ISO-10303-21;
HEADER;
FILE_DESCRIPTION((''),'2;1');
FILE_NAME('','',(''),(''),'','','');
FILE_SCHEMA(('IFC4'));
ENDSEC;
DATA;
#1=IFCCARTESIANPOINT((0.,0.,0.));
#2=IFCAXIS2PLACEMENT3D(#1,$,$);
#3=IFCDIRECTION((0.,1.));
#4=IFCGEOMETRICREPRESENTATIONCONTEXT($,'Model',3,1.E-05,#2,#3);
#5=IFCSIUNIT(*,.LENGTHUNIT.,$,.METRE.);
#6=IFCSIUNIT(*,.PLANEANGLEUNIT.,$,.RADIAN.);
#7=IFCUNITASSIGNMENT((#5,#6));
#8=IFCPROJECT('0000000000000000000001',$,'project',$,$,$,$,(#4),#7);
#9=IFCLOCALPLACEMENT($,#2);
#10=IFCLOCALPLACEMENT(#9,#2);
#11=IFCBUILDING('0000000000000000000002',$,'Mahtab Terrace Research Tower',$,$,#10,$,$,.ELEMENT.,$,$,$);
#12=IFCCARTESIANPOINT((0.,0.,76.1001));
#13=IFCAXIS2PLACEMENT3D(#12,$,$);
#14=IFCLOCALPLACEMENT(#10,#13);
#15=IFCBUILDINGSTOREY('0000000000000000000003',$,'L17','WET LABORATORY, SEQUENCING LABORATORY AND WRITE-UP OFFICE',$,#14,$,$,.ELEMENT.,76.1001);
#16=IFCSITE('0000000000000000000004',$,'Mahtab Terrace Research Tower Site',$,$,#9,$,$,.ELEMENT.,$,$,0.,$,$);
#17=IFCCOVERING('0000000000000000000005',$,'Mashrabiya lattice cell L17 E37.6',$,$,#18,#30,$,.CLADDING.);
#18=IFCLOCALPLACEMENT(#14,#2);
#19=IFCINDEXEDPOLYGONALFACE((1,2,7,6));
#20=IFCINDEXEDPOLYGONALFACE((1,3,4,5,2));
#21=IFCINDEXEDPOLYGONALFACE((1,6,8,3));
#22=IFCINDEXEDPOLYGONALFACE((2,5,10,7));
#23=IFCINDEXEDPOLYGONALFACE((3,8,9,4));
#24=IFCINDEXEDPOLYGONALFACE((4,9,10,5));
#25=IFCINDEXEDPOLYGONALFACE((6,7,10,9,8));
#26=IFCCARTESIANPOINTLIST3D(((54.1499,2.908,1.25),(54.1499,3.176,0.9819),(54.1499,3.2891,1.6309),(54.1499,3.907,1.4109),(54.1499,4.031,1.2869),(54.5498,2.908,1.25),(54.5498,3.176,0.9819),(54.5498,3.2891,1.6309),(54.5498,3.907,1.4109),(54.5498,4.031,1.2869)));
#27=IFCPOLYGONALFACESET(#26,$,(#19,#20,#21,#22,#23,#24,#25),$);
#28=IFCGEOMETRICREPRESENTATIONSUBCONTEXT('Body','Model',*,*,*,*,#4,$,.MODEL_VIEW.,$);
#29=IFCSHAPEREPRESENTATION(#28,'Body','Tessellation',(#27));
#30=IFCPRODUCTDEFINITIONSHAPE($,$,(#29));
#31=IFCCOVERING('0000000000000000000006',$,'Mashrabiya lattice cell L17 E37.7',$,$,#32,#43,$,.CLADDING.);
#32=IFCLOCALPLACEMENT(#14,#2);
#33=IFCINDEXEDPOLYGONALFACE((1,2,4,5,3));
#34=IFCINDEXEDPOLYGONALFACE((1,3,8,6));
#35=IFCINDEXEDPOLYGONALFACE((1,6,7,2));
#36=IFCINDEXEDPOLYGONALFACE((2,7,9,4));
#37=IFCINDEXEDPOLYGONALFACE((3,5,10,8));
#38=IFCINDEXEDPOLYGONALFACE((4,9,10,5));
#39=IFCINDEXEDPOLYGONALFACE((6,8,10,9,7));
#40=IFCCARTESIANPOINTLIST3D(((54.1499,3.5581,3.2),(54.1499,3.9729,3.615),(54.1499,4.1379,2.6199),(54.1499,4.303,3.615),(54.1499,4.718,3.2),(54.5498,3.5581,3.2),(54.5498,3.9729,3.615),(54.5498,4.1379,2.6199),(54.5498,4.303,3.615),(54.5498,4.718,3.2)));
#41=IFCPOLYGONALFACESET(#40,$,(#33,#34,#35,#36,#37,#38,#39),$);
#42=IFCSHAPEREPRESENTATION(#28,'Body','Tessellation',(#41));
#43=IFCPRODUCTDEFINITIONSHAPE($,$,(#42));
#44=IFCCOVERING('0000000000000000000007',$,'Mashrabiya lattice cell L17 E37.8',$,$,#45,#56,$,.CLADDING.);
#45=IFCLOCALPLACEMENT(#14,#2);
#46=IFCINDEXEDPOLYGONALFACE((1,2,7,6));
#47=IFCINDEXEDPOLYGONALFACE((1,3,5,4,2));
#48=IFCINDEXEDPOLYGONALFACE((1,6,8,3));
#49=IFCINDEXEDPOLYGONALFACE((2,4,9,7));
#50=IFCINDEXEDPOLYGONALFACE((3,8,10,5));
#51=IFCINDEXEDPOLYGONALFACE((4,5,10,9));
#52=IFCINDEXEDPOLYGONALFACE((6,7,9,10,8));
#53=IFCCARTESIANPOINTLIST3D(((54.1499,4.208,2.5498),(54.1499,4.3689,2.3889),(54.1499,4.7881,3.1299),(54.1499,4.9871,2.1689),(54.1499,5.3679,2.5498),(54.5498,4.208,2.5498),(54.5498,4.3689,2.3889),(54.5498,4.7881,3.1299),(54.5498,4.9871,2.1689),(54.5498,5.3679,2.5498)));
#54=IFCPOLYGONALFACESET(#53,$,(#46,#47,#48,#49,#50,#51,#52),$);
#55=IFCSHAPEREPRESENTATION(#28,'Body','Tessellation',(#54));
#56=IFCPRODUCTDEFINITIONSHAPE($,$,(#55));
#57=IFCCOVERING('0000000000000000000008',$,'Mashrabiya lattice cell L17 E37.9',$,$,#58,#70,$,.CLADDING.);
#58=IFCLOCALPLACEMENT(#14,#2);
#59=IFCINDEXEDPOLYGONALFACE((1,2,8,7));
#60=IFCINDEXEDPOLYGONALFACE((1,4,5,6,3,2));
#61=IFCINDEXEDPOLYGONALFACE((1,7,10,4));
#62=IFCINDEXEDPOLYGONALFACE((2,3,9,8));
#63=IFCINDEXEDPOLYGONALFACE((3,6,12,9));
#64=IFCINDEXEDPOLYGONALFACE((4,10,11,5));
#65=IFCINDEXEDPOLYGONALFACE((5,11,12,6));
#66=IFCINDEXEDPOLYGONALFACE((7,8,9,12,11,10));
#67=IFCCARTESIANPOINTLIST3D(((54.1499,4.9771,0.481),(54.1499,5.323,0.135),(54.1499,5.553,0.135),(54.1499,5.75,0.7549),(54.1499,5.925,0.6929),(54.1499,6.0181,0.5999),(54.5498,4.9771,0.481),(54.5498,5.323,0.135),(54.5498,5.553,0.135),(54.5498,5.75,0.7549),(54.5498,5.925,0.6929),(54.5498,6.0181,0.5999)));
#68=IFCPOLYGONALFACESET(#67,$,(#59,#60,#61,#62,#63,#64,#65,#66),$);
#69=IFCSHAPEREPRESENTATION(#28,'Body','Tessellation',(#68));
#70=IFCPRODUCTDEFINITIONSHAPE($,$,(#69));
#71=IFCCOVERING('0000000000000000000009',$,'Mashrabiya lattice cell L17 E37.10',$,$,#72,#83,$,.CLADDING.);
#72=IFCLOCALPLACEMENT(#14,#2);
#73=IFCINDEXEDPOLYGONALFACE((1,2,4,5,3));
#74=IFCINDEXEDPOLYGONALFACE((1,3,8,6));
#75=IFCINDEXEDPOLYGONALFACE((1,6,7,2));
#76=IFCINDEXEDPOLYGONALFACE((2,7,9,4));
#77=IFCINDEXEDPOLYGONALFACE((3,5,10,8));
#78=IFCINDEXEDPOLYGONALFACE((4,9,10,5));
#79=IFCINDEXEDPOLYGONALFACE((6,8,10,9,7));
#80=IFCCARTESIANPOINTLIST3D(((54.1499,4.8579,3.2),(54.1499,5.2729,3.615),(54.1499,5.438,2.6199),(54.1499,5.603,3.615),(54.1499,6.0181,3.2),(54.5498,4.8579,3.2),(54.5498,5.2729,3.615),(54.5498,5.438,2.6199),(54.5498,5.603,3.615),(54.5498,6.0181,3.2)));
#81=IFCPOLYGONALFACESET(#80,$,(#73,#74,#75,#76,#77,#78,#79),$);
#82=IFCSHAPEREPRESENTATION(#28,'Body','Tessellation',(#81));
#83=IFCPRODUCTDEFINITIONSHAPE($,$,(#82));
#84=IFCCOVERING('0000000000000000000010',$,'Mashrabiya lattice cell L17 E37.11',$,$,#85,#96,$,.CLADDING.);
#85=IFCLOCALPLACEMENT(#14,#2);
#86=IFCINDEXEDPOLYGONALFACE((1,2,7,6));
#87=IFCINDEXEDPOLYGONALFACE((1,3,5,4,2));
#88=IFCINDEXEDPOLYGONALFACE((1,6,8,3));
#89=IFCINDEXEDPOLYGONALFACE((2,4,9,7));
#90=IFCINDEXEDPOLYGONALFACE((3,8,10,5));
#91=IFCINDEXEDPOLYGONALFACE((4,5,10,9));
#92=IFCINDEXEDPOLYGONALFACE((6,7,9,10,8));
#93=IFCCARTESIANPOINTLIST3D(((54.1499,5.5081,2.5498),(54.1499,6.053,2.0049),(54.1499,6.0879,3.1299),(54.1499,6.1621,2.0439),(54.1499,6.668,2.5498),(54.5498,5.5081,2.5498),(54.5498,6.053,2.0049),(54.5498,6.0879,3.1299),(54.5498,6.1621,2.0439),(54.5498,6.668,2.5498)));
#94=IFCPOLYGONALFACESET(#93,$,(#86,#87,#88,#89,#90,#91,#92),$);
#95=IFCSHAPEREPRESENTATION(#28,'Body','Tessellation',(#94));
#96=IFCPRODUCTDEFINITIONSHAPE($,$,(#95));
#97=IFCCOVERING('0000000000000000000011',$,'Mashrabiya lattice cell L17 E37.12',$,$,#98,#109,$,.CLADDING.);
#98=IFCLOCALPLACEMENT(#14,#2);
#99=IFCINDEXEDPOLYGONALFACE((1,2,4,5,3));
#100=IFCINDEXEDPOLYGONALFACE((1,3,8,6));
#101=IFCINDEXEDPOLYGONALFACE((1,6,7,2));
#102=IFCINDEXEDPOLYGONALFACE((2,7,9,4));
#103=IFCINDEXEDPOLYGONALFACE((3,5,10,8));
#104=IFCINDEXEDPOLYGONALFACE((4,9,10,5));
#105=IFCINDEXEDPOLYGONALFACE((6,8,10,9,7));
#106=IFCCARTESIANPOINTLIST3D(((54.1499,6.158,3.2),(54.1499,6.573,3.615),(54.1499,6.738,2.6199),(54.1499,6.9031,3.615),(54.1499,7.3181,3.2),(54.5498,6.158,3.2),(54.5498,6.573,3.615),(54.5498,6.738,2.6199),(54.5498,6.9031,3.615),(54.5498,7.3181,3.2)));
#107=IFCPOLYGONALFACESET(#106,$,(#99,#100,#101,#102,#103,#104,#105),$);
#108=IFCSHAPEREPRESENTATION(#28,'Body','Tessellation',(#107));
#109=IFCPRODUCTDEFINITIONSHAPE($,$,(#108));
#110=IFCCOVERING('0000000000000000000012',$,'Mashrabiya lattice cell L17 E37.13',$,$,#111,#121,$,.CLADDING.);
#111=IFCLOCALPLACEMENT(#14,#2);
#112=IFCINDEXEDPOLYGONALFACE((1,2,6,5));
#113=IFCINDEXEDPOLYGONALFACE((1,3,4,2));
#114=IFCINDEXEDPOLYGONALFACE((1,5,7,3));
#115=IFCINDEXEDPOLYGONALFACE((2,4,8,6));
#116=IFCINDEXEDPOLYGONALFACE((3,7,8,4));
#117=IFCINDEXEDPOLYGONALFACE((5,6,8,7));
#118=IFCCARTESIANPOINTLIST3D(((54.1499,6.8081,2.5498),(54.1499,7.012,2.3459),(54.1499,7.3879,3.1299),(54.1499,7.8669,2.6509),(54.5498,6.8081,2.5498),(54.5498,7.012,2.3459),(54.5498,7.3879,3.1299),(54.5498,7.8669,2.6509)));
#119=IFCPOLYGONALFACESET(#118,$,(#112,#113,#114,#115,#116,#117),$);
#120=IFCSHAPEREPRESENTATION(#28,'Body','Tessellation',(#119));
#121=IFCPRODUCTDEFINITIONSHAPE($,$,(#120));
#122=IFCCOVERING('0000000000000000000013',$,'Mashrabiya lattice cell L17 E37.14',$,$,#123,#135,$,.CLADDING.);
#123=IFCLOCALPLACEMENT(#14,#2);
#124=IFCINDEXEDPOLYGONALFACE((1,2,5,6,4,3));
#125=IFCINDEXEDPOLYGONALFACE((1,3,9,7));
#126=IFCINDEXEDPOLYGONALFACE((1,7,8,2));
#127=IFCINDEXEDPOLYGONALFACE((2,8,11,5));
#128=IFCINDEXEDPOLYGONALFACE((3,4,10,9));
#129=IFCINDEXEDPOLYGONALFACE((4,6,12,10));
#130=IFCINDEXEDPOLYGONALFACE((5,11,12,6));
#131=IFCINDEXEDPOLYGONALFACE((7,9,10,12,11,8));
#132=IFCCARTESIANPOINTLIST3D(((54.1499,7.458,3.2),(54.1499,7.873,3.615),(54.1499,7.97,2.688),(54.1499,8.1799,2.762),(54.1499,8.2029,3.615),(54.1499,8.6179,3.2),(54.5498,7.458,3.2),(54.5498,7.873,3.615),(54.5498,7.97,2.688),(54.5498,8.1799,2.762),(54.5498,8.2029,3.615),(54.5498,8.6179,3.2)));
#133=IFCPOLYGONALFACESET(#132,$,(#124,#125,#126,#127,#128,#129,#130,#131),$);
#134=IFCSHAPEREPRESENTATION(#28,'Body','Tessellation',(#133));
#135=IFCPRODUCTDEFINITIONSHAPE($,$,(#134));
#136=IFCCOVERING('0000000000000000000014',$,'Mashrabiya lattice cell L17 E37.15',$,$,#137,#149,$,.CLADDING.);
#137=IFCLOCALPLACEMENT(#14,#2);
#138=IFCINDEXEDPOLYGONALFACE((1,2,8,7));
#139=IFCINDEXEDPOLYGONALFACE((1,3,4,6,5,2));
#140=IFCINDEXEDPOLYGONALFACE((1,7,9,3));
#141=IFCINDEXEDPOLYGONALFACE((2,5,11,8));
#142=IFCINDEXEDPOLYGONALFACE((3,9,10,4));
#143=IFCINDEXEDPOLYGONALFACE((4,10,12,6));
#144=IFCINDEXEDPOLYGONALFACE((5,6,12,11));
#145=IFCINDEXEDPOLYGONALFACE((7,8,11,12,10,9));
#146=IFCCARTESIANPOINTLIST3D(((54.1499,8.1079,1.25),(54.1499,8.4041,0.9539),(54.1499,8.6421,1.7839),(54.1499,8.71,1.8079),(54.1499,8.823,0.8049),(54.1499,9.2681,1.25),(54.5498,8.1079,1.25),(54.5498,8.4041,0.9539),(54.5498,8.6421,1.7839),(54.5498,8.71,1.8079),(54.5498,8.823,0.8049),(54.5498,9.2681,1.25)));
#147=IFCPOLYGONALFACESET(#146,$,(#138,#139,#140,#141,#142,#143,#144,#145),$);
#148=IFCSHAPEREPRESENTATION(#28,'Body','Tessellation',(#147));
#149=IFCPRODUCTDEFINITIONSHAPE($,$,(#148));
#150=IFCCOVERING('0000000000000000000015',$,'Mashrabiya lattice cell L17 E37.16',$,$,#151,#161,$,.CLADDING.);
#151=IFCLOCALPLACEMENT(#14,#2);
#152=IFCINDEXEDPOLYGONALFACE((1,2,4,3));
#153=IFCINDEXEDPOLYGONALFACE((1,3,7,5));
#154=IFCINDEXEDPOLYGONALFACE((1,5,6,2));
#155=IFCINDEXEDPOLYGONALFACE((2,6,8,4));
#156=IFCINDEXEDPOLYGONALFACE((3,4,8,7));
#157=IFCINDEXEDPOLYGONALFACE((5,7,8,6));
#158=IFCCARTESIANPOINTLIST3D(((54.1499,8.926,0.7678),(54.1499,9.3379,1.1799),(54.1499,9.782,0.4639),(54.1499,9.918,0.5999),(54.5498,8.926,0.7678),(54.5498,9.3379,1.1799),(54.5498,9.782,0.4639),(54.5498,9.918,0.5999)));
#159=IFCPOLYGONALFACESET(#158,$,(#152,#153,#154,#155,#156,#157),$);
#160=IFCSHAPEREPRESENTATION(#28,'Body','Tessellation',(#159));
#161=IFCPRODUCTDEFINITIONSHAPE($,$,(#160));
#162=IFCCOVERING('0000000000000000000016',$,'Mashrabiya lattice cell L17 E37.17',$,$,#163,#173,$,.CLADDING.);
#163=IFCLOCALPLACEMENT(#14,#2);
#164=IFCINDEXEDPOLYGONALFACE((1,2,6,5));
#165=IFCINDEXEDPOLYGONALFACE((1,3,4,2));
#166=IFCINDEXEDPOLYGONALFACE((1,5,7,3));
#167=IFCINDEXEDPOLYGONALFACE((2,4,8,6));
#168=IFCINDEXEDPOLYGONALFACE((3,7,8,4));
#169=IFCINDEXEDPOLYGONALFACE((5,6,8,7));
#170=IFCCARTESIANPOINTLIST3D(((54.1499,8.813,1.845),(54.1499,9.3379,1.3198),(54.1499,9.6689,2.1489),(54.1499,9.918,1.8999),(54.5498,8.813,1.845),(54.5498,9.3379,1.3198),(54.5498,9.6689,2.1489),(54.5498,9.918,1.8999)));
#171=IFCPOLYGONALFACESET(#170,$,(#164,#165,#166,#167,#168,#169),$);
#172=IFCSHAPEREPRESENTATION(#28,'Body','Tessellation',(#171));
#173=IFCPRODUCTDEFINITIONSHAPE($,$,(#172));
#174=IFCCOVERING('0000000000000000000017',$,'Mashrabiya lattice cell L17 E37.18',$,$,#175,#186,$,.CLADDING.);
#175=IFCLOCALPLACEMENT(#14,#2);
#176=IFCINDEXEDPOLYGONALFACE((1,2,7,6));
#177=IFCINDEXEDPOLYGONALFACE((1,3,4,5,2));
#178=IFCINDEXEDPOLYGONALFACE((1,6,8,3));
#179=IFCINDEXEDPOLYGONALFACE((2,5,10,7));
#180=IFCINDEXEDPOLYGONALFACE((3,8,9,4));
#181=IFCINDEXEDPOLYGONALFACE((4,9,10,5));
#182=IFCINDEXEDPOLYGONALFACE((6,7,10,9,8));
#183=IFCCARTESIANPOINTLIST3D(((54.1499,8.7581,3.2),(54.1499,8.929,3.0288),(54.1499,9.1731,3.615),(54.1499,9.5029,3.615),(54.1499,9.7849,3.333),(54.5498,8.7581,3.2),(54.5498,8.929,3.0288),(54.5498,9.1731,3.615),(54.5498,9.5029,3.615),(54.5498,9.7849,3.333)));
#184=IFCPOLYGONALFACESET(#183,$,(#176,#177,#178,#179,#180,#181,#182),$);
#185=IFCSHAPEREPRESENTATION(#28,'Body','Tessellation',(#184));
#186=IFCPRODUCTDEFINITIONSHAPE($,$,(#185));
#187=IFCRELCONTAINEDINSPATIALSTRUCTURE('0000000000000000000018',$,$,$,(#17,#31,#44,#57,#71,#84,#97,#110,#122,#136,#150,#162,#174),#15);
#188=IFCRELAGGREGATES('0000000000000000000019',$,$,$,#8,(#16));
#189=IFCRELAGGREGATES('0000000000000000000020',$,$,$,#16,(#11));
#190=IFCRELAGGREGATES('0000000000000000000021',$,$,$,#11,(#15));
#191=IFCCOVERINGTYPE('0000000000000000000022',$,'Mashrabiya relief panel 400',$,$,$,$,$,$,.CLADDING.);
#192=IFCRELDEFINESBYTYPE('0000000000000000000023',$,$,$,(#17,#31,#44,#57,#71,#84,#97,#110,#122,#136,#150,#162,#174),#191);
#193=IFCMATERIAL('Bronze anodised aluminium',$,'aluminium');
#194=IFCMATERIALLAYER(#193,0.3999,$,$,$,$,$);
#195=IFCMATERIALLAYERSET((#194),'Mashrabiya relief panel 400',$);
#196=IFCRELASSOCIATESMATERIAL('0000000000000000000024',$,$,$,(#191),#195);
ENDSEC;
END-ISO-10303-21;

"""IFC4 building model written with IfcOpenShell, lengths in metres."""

from ifc_helpers import new_model, si_unit, direction, frame, origin, place, context, subcontext, project, spatial, polyline, outline, extrude, material, layer, layer_set, type_object, element, save


model = new_model("IFC4")

# Units and contexts
model_context = context("Model", 3, precision=1e-05, world=origin(), true_north=direction((0.0, 1.0)))
body_context = subcontext(model_context, "Body", "Model", "MODEL_VIEW")
ifc_project = project(units=[si_unit("LENGTHUNIT", "METRE"), si_unit("PLANEANGLEUNIT", "RADIAN")], contexts=[model_context])

# Site, building, storey
site_placement = place(None, origin())
site = spatial("IfcSite", under=ifc_project, at=site_placement, Name="Mahtab Terrace Research Tower Site", CompositionType="ELEMENT", RefElevation=0.0)
building_placement = place(site_placement, origin())
building = spatial("IfcBuilding", under=site, at=building_placement, Name="Mahtab Terrace Research Tower", CompositionType="ELEMENT")
storey_placement = place(building_placement, frame((0.0, 0.0, 76.1001)))
storey = spatial("IfcBuildingStorey", under=building, at=storey_placement, Name="L17", Description="WET LABORATORY, SEQUENCING LABORATORY AND WRITE-UP OFFICE", CompositionType="ELEMENT", Elevation=76.1001)

# Coverings
ifc_material_1 = material(Name="Bronze anodised aluminium", Category="aluminium")
ifc_layer_1 = layer(ifc_material_1, 0.3999)
ifc_layer_set_1 = layer_set([ifc_layer_1], Name="Mashrabiya relief panel 400")
covering_type = type_object("IfcCoveringType", Name="Mashrabiya relief panel 400", PredefinedType="CLADDING", material=ifc_layer_set_1)
covering_1_placement = place(storey_placement, frame((54.1499, 2.908, 1.25), z_axis=(-1.0, 0.0, 0.0), x_axis=(0.0, 0.707333, 0.70688)))
element("IfcCovering", 1, at=covering_1_placement, inside=storey, type_object=covering_type, Name="Mashrabiya lattice cell L17 E37.6", PredefinedType="CLADDING", context=body_context, shape_type="SweptSolid", body=[
    extrude(outline(polyline([(0.0, 0.0), (0.5388, 0.0), (0.8204, 0.5924), (0.8204, 0.7678), (0.0001, 0.3791), (0.0, 0.0)])), origin(), (0.0, 0.0, -1.0), 0.3999),
])
covering_2_placement = place(storey_placement, frame((54.1499, 4.718, 3.2), z_axis=(-1.0, 0.0, 0.0), x_axis=(0.0, -0.707107, -0.707107)))
element("IfcCovering", 2, at=covering_2_placement, inside=storey, type_object=covering_type, Name="Mashrabiya lattice cell L17 E37.7", PredefinedType="CLADDING", context=body_context, shape_type="SweptSolid", body=[
    extrude(outline(polyline([(0.0, 0.0), (0.8204, 0.0), (0.8202, 0.8202), (0.2334, 0.8204), (0.0, 0.587), (0.0, 0.0)])), origin(), (0.0, 0.0, -1.0), 0.3999),
])
covering_3_placement = place(storey_placement, frame((54.1499, 4.208, 2.5498), z_axis=(-1.0, 0.0, 0.0), x_axis=(0.0, 0.707107, 0.707107)))
element("IfcCovering", 3, at=covering_3_placement, inside=storey, type_object=covering_type, Name="Mashrabiya lattice cell L17 E37.8", PredefinedType="CLADDING", context=body_context, shape_type="SweptSolid", body=[
    extrude(outline(polyline([(0.0, 0.0), (0.8204, 0.0), (0.8202, 0.8202), (0.2816, 0.8202), (0.0, 0.2275), (0.0, 0.0)])), origin(), (0.0, 0.0, -1.0), 0.3999),
])
covering_4_placement = place(storey_placement, frame((54.1499, 4.9771, 0.481), z_axis=(-1.0, 0.0, 0.0), x_axis=(0.0, 0.942561, 0.334035)))
element("IfcCovering", 4, at=covering_4_placement, inside=storey, type_object=covering_type, Name="Mashrabiya lattice cell L17 E37.9", PredefinedType="CLADDING", context=body_context, shape_type="SweptSolid", body=[
    extrude(outline(polyline([(0.0, 0.0), (0.8201, 0.0), (0.9643, 0.1169), (1.0209, 0.2357), (0.4273, 0.5185), (0.2105, 0.4416), (0.0, 0.0)])), origin(), (0.0, 0.0, -1.0), 0.3999),
])
covering_5_placement = place(storey_placement, frame((54.1499, 6.0181, 3.2), z_axis=(-1.0, 0.0, 0.0), x_axis=(0.0, -0.707107, -0.707107)))
element("IfcCovering", 5, at=covering_5_placement, inside=storey, type_object=covering_type, Name="Mashrabiya lattice cell L17 E37.10", PredefinedType="CLADDING", context=body_context, shape_type="SweptSolid", body=[
    extrude(outline(polyline([(0.0, 0.0), (0.8204, 0.0), (0.8204, 0.8204), (0.2334, 0.8204), (0.0, 0.587), (0.0, 0.0)])), origin(), (0.0, 0.0, -1.0), 0.3999),
])
covering_6_placement = place(storey_placement, frame((54.1499, 5.5081, 2.5498), z_axis=(-1.0, 0.0, 0.0), x_axis=(0.0, 0.706958, 0.707256)))
element("IfcCovering", 6, at=covering_6_placement, inside=storey, type_object=covering_type, Name="Mashrabiya lattice cell L17 E37.11", PredefinedType="CLADDING", context=body_context, shape_type="SweptSolid", body=[
    extrude(outline(polyline([(0.0, 0.0), (0.8202, 0.0), (0.82, 0.8204), (0.1046, 0.8202), (-0.0002, 0.7706), (0.0, 0.0)])), origin(), (0.0, 0.0, -1.0), 0.3999),
])
covering_7_placement = place(storey_placement, frame((54.1499, 7.3181, 3.2), z_axis=(-1.0, 0.0, 0.0), x_axis=(0.0, -0.707107, -0.707107)))
element("IfcCovering", 7, at=covering_7_placement, inside=storey, type_object=covering_type, Name="Mashrabiya lattice cell L17 E37.12", PredefinedType="CLADDING", context=body_context, shape_type="SweptSolid", body=[
    extrude(outline(polyline([(0.0, 0.0), (0.8204, 0.0), (0.8204, 0.8204), (0.2334, 0.8204), (0.0, 0.587), (0.0, 0.0)])), origin(), (0.0, 0.0, -1.0), 0.3999),
])
covering_8_placement = place(storey_placement, frame((54.1499, 6.8081, 2.5498), z_axis=(-1.0, 0.0, 0.0), x_axis=(0.0, 0.706958, 0.707256)))
element("IfcCovering", 8, at=covering_8_placement, inside=storey, type_object=covering_type, Name="Mashrabiya lattice cell L17 E37.13", PredefinedType="CLADDING", context=body_context, shape_type="SweptSolid", body=[
    extrude(outline(polyline([(0.0, 0.0), (0.8202, 0.0), (0.82, 0.6774), (-0.0001, 0.2883), (0.0, 0.0)])), origin(), (0.0, 0.0, -1.0), 0.3999),
])
covering_9_placement = place(storey_placement, frame((54.1499, 7.458, 3.2), z_axis=(-1.0, 0.0, 0.0), x_axis=(0.0, 0.707107, 0.707107)))
element("IfcCovering", 9, at=covering_9_placement, inside=storey, type_object=covering_type, Name="Mashrabiya lattice cell L17 E37.14", PredefinedType="CLADDING", context=body_context, shape_type="SweptSolid", body=[
    extrude(outline(polyline([(0.0, 0.0), (0.587, 0.0), (0.8202, 0.2332), (0.8202, 0.8202), (0.2008, 0.8202), (0.0, 0.724), (0.0, 0.0)])), origin(), (0.0, 0.0, -1.0), 0.3999),
])
covering_10_placement = place(storey_placement, frame((54.1499, 8.1079, 1.25), z_axis=(-1.0, 0.0, 0.0), x_axis=(0.0, 0.707268, 0.706945)))
element("IfcCovering", 10, at=covering_10_placement, inside=storey, type_object=covering_type, Name="Mashrabiya lattice cell L17 E37.15", PredefinedType="CLADDING", context=body_context, shape_type="SweptSolid", body=[
    extrude(outline(polyline([(0.0, 0.0), (0.7553, 0.0), (0.8202, 0.0311), (0.8205, 0.8202), (0.1911, 0.8203), (0.0001, 0.4188), (0.0, 0.0)])), origin(), (0.0, 0.0, -1.0), 0.3999),
])
covering_11_placement = place(storey_placement, frame((54.1499, 9.3379, 1.1799), z_axis=(-1.0, 0.0, 0.0), x_axis=(0.0, 0.707107, -0.707107)))
element("IfcCovering", 11, at=covering_11_placement, inside=storey, type_object=covering_type, Name="Mashrabiya lattice cell L17 E37.16", PredefinedType="CLADDING", context=body_context, shape_type="SweptSolid", body=[
    extrude(outline(polyline([(0.0, 0.0), (0.8204, 0.0), (0.8204, 0.1923), (0.0002, 0.5826), (0.0, 0.0)])), origin(), (0.0, 0.0, -1.0), 0.3999),
])
covering_12_placement = place(storey_placement, frame((54.1499, 9.918, 1.8999), z_axis=(-1.0, 0.0, 0.0), x_axis=(0.0, -0.707107, -0.707107)))
element("IfcCovering", 12, at=covering_12_placement, inside=storey, type_object=covering_type, Name="Mashrabiya lattice cell L17 E37.17", PredefinedType="CLADDING", context=body_context, shape_type="SweptSolid", body=[
    extrude(outline(polyline([(0.0, 0.0), (0.8204, 0.0), (0.8202, 0.7425), (0.0, 0.3522), (0.0, 0.0)])), origin(), (0.0, 0.0, -1.0), 0.3999),
])
covering_13_placement = place(storey_placement, frame((54.1499, 8.7581, 3.2), z_axis=(-1.0, 0.0, 0.0), x_axis=(0.0, 0.707107, 0.707107)))
element("IfcCovering", 13, at=covering_13_placement, inside=storey, type_object=covering_type, Name="Mashrabiya lattice cell L17 E37.18", PredefinedType="CLADDING", context=body_context, shape_type="SweptSolid", body=[
    extrude(outline(polyline([(0.0, 0.0), (0.587, 0.0), (0.8202, 0.2332), (0.8202, 0.632), (-0.0002, 0.2419), (0.0, 0.0)])), origin(), (0.0, 0.0, -1.0), 0.3999),
])

save(model, "model.ifc")
